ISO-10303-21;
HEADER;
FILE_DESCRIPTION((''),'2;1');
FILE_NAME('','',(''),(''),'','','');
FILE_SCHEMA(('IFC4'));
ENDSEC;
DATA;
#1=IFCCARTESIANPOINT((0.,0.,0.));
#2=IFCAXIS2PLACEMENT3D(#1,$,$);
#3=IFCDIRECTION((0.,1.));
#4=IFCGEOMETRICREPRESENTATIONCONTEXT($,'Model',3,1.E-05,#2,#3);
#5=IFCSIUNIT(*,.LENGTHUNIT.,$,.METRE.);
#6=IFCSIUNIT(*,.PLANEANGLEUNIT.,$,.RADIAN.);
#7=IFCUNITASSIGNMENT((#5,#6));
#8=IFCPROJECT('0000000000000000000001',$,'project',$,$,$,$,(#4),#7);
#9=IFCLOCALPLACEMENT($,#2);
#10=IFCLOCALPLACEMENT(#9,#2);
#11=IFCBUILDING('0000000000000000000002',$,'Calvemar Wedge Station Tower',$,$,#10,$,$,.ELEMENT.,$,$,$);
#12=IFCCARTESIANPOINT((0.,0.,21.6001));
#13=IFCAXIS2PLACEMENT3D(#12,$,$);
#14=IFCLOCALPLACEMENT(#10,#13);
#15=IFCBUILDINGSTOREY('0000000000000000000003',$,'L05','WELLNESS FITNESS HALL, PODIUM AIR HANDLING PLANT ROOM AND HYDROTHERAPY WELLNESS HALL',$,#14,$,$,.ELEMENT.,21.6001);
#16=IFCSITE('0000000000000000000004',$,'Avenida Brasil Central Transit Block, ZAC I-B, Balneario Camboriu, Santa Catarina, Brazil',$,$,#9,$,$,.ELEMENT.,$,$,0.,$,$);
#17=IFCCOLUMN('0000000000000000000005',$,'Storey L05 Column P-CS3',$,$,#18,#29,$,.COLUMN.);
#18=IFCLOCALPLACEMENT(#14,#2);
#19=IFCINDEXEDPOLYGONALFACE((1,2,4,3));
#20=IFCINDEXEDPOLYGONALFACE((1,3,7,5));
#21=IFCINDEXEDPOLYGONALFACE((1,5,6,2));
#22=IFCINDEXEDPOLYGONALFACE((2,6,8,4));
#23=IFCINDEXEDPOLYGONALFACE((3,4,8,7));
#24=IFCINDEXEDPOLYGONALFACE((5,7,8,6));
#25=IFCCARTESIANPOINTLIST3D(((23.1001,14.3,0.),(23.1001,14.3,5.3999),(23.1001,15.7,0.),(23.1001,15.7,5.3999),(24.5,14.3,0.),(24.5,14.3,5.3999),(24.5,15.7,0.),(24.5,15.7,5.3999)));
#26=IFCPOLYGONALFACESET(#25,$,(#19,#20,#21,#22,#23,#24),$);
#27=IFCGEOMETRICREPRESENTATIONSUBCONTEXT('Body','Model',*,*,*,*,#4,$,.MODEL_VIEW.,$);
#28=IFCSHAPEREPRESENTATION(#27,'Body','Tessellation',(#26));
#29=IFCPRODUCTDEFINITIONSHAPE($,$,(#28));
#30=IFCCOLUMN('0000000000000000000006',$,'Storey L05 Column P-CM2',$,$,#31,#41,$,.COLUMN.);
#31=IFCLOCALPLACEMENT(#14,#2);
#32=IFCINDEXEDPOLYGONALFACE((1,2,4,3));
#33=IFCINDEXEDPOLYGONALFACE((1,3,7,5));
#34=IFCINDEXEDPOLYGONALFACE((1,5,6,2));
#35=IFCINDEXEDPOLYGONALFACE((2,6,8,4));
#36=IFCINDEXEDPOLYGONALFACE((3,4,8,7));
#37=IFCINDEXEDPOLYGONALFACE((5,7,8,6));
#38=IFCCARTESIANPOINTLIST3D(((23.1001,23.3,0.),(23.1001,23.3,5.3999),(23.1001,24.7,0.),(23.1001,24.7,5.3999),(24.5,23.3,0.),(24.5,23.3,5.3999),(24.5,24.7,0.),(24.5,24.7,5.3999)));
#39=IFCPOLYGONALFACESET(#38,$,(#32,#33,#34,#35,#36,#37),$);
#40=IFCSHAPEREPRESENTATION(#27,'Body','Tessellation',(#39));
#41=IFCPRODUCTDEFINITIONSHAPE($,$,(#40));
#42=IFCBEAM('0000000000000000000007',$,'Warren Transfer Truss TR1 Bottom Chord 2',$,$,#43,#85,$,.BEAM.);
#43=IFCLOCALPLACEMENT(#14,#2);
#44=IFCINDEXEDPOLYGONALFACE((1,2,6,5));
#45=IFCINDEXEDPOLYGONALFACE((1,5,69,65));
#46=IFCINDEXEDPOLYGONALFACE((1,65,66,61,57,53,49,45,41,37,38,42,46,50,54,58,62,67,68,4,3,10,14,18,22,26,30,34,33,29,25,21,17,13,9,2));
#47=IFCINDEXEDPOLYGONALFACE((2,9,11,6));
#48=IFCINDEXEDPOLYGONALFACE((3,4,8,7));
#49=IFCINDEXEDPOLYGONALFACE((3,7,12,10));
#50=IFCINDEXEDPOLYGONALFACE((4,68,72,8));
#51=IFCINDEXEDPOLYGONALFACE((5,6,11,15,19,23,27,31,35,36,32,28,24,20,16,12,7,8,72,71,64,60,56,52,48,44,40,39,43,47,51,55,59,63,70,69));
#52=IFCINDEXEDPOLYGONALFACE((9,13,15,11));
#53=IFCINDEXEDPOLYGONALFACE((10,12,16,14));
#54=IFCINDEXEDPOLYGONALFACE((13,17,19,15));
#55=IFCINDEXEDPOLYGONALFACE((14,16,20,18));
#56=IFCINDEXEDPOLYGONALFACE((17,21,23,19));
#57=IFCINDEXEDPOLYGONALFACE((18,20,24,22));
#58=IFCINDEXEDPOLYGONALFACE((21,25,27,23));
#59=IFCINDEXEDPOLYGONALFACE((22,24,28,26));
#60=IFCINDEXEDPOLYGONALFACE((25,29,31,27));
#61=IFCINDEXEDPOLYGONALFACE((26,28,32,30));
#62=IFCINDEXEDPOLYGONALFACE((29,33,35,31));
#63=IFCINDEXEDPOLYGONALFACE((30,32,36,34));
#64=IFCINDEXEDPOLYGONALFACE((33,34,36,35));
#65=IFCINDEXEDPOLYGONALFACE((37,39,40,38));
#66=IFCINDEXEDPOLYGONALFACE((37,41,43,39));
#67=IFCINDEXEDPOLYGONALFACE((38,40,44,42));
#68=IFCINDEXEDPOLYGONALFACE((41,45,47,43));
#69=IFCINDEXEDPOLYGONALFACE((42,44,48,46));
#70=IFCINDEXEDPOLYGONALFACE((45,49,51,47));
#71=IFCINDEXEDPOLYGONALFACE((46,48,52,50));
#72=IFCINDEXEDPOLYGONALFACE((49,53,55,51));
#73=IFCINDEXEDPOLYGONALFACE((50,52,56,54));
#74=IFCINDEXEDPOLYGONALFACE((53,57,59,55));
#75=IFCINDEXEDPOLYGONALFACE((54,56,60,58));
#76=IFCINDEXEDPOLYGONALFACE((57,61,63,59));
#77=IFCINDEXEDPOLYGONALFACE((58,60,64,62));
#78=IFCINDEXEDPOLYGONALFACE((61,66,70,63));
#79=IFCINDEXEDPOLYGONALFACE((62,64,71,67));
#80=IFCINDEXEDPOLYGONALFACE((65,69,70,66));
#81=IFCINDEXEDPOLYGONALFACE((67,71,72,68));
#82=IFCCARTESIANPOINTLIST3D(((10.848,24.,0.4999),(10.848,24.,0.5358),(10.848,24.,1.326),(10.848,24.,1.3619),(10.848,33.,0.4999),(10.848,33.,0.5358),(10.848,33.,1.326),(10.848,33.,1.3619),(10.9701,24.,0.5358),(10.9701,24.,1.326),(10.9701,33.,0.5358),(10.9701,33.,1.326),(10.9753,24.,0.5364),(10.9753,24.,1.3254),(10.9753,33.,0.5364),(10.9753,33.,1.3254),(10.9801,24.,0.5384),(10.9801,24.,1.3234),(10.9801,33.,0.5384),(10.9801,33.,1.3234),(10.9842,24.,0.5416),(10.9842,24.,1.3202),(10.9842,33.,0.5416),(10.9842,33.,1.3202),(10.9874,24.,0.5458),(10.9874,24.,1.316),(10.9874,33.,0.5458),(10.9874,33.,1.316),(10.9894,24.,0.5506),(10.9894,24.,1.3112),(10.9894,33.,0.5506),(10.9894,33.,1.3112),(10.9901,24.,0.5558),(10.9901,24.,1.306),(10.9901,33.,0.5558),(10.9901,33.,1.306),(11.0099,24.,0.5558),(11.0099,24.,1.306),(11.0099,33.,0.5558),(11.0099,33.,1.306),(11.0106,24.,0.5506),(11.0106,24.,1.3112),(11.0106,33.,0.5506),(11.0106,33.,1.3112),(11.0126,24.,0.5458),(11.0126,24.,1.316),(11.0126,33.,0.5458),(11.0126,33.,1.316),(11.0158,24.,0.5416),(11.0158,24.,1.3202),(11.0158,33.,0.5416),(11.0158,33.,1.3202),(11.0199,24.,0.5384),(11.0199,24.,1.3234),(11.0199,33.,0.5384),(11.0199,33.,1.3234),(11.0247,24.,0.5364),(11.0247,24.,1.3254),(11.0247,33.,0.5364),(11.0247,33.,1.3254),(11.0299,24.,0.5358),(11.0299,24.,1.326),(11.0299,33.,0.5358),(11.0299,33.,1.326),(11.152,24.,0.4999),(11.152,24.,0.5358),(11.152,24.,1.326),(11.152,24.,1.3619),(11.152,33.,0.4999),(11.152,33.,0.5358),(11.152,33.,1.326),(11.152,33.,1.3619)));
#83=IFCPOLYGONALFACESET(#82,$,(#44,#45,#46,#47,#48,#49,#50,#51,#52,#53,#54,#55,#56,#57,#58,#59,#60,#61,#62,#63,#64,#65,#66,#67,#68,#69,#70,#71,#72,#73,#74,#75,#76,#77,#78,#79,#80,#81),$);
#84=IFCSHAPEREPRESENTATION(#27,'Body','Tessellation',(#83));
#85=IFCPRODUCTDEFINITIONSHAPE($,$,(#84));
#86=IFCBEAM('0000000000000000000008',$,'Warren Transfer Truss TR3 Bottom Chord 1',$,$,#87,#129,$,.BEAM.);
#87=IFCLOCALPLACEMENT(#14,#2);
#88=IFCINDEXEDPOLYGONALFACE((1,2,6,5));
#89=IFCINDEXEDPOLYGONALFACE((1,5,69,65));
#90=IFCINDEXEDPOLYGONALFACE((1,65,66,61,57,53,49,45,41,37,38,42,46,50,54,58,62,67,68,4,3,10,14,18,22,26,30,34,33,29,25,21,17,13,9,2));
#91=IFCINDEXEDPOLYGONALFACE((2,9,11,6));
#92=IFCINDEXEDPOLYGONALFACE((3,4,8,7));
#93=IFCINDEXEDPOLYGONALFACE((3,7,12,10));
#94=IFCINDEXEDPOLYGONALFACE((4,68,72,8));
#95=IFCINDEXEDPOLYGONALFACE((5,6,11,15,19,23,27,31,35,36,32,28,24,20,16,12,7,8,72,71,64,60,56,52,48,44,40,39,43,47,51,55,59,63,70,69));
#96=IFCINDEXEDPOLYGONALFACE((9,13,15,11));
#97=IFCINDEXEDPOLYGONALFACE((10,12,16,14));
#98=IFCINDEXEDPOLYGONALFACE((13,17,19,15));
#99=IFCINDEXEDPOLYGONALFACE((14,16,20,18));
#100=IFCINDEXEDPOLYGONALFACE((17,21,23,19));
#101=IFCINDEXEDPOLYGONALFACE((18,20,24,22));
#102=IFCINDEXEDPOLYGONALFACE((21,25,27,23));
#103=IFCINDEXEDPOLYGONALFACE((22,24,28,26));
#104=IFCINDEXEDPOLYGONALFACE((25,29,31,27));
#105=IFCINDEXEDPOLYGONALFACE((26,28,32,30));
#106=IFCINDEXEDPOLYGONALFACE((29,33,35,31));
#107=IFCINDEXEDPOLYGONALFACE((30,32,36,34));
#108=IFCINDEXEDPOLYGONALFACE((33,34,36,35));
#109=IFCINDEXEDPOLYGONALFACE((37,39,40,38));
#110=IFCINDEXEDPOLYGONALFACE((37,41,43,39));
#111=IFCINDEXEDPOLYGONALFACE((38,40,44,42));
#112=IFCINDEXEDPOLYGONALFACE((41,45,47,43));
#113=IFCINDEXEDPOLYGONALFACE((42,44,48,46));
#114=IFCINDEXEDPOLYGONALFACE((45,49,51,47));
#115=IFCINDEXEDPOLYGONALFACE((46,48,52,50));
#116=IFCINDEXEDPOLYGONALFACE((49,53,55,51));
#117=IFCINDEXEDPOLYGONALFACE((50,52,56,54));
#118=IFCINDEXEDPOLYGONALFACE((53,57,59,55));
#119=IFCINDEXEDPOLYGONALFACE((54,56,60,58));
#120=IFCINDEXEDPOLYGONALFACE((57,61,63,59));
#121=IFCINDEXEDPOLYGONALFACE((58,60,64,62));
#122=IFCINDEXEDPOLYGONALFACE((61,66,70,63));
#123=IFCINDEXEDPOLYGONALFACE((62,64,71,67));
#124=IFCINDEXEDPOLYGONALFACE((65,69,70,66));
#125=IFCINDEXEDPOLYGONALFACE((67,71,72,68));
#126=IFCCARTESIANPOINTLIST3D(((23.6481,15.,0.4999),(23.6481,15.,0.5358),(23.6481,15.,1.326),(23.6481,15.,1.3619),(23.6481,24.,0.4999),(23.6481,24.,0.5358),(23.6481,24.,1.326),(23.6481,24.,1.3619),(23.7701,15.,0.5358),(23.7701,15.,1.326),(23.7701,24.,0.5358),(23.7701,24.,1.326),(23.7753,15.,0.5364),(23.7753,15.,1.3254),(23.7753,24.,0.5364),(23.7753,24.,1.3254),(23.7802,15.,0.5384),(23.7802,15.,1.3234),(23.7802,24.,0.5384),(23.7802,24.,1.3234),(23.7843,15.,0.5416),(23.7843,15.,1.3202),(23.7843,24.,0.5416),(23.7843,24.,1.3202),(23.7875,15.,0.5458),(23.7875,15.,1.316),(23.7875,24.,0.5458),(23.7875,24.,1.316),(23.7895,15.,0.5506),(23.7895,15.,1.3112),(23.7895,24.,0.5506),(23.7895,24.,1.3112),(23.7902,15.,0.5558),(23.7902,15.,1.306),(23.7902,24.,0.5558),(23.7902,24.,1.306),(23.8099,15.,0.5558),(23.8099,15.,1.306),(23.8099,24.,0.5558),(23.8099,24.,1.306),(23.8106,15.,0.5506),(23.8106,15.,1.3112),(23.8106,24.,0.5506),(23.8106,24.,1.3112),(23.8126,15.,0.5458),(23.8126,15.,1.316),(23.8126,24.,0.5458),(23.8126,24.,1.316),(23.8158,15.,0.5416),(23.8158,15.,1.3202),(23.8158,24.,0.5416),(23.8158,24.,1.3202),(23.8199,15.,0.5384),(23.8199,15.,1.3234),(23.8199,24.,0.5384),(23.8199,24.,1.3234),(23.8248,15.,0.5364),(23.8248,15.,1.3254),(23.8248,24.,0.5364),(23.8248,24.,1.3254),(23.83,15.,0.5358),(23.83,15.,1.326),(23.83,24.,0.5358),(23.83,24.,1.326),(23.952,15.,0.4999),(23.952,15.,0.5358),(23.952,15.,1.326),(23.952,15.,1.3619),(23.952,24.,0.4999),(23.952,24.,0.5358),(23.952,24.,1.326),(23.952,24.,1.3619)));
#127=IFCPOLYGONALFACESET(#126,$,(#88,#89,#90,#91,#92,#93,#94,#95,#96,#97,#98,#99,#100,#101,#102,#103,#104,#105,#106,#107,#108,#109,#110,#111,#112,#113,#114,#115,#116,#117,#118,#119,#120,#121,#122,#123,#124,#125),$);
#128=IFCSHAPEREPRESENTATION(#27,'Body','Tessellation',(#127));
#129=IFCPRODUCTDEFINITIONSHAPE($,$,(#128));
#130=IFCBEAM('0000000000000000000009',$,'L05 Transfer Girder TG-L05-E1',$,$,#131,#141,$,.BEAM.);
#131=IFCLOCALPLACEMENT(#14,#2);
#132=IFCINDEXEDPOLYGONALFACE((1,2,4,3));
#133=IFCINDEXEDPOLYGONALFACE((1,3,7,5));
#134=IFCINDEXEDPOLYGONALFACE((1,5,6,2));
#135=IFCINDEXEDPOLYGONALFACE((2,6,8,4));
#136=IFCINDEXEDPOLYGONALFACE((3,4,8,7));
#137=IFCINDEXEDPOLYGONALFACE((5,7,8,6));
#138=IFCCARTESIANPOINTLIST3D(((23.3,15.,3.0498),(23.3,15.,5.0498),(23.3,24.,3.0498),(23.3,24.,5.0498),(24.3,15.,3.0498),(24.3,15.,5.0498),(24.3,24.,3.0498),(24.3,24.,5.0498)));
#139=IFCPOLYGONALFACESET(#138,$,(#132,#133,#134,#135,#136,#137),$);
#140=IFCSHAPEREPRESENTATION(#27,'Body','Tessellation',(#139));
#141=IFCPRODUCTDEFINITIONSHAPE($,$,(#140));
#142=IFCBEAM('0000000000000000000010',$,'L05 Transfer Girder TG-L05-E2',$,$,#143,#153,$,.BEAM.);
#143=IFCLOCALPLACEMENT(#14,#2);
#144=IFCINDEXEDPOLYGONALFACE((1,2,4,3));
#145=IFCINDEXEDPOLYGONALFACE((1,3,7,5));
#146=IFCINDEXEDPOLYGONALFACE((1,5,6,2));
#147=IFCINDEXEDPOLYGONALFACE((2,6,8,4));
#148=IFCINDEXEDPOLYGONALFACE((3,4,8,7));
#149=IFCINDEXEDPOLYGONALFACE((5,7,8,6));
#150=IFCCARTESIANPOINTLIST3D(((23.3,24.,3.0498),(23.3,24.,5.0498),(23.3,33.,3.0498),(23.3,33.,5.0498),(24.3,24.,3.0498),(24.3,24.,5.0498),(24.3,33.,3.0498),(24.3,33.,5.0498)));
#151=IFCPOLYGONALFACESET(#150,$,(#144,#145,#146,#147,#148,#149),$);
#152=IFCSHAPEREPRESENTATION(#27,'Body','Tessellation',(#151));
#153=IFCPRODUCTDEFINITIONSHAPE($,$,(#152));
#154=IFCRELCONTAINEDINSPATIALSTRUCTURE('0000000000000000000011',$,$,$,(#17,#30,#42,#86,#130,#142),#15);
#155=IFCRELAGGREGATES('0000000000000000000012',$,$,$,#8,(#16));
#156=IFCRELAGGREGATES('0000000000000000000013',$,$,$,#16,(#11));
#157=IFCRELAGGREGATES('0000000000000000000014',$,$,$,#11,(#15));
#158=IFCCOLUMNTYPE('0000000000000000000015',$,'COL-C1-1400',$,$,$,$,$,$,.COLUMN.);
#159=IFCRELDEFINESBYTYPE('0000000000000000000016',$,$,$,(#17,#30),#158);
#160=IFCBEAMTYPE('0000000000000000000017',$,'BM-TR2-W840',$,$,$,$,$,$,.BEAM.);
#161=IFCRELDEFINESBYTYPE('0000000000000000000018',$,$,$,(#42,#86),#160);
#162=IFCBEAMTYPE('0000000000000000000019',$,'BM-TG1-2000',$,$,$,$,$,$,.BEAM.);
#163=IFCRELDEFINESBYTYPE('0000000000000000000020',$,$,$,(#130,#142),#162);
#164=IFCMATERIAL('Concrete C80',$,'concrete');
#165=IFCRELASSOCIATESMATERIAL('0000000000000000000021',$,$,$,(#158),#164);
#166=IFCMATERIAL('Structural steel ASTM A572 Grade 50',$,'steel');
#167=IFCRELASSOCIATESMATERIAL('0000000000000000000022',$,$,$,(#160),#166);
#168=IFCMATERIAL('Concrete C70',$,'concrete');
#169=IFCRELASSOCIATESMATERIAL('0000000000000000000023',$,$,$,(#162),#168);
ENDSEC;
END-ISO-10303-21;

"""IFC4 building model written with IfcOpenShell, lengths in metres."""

from ifc_helpers import new_model, si_unit, direction, frame, origin, origin_2d, place, context, subcontext, project, spatial, rectangle, i_section, extrude, source, transform, mapped, material, material_profile, profile_set, type_object, element, save


model = new_model("IFC4")

# Units and contexts
model_context = context("Model", 3, precision=1e-05, world=origin(), true_north=direction((0.0, 1.0)))
body_context = subcontext(model_context, "Body", "Model", "MODEL_VIEW")
ifc_project = project(units=[si_unit("LENGTHUNIT", "METRE"), si_unit("PLANEANGLEUNIT", "RADIAN")], contexts=[model_context])

# Site, building, storey
site_placement = place(None, origin())
site = spatial("IfcSite", under=ifc_project, at=site_placement, Name="Avenida Brasil Central Transit Block, ZAC I-B, Balneario Camboriu, Santa Catarina, Brazil", CompositionType="ELEMENT", RefElevation=0.0)
building_placement = place(site_placement, origin())
building = spatial("IfcBuilding", under=site, at=building_placement, Name="Calvemar Wedge Station Tower", CompositionType="ELEMENT")
storey_placement = place(building_placement, frame((0.0, 0.0, 21.6001)))
storey = spatial("IfcBuildingStorey", under=building, at=storey_placement, Name="L05", Description="WELLNESS FITNESS HALL, PODIUM AIR HANDLING PLANT ROOM AND HYDROTHERAPY WELLNESS HALL", CompositionType="ELEMENT", Elevation=21.6001)

# Columns
ifc_material_1 = material(Name="Concrete C80", Category="concrete")
ifc_material_profile_1 = material_profile(ifc_material_1, rectangle(XDim=1.3999, YDim=1.3999, at=origin_2d()), Name="RC1400x1400")
ifc_profile_set_1 = profile_set([ifc_material_profile_1], Name="Concrete C80")
column_type = type_object("IfcColumnType", Name="COL-C1-1400", PredefinedType="COLUMN", material=ifc_profile_set_1)
shared_shape_1 = source(origin(), body_context, "Body", "SweptSolid", [
    extrude(rectangle(XDim=1.3999, YDim=1.3999, at=origin_2d()), origin(), (0.0, 0.0, 1.0), 5.3999),
])
for number, where, z_axis, x_axis, name in (
    (1, (23.8, 15.0, 0.0), (0.0, 0.0, 1.0), (1.0, 0.0, 0.0), "Storey L05 Column P-CS3"),
    (2, (23.8, 24.0, 0.0), (0.0, 0.0, 1.0), (1.0, 0.0, 0.0), "Storey L05 Column P-CM2"),
):
    element("IfcColumn", number, at=place(storey_placement, frame(where, z_axis=z_axis, x_axis=x_axis)), inside=storey, type_object=column_type, Name=name, PredefinedType="COLUMN", context=body_context, shape_type="MappedRepresentation", body=[
        mapped(shared_shape_1, transform((0.0, 0.0, 0.0), scale=1.0)),
    ])

# Beams
ifc_material_2 = material(Name="Structural steel ASTM A572 Grade 50", Category="steel")
ifc_material_profile_2 = material_profile(ifc_material_2, i_section(OverallWidth=0.304, OverallDepth=0.8621, WebThickness=0.0198, FlangeThickness=0.0359, FilletRadius=0.02, at=origin_2d()), Name="W840x329")
ifc_profile_set_2 = profile_set([ifc_material_profile_2], Name="Structural steel ASTM A572 Grade 50")
beam_type_1 = type_object("IfcBeamType", Name="BM-TR2-W840", PredefinedType="BEAM", material=ifc_profile_set_2)
shared_shape_2 = source(origin(), body_context, "Body", "SweptSolid", [
    extrude(i_section(OverallWidth=0.304, OverallDepth=0.8621, WebThickness=0.0198, FlangeThickness=0.0359, FilletRadius=0.02, at=origin_2d()), origin(), (0.0, 0.0, 1.0), 9.0),
])
for number, where, z_axis, x_axis, name in (
    (3, (11.0, 24.0, 0.9309), (0.0, 1.0, 0.0), (-1.0, 0.0, 0.0), "Warren Transfer Truss TR1 Bottom Chord 2"),
    (4, (23.8, 15.0, 0.9309), (0.0, 1.0, 0.0), (-1.0, 0.0, 0.0), "Warren Transfer Truss TR3 Bottom Chord 1"),
):
    element("IfcBeam", number, at=place(storey_placement, frame(where, z_axis=z_axis, x_axis=x_axis)), inside=storey, type_object=beam_type_1, Name=name, PredefinedType="BEAM", context=body_context, shape_type="MappedRepresentation", body=[
        mapped(shared_shape_2, transform((0.0, 0.0, 0.0), scale=1.0)),
    ])
ifc_material_3 = material(Name="Concrete C70", Category="concrete")
ifc_material_profile_3 = material_profile(ifc_material_3, rectangle(XDim=1.0, YDim=2.0, at=origin_2d()), Name="RC1000x2000")
ifc_profile_set_3 = profile_set([ifc_material_profile_3], Name="Concrete C70")
beam_type_2 = type_object("IfcBeamType", Name="BM-TG1-2000", PredefinedType="BEAM", material=ifc_profile_set_3)
shared_shape_3 = source(origin(), body_context, "Body", "SweptSolid", [
    extrude(rectangle(XDim=1.0, YDim=2.0, at=origin_2d()), origin(), (0.0, 0.0, 1.0), 9.0),
])
for number, where, z_axis, x_axis, name in (
    (5, (23.8, 15.0, 4.0498), (0.0, 1.0, 0.0), (-1.0, 0.0, 0.0), "L05 Transfer Girder TG-L05-E1"),
    (6, (23.8, 24.0, 4.0498), (0.0, 1.0, 0.0), (-1.0, 0.0, 0.0), "L05 Transfer Girder TG-L05-E2"),
):
    element("IfcBeam", number, at=place(storey_placement, frame(where, z_axis=z_axis, x_axis=x_axis)), inside=storey, type_object=beam_type_2, Name=name, PredefinedType="BEAM", context=body_context, shape_type="MappedRepresentation", body=[
        mapped(shared_shape_3, transform((0.0, 0.0, 0.0), scale=1.0)),
    ])

save(model, "model.ifc")
